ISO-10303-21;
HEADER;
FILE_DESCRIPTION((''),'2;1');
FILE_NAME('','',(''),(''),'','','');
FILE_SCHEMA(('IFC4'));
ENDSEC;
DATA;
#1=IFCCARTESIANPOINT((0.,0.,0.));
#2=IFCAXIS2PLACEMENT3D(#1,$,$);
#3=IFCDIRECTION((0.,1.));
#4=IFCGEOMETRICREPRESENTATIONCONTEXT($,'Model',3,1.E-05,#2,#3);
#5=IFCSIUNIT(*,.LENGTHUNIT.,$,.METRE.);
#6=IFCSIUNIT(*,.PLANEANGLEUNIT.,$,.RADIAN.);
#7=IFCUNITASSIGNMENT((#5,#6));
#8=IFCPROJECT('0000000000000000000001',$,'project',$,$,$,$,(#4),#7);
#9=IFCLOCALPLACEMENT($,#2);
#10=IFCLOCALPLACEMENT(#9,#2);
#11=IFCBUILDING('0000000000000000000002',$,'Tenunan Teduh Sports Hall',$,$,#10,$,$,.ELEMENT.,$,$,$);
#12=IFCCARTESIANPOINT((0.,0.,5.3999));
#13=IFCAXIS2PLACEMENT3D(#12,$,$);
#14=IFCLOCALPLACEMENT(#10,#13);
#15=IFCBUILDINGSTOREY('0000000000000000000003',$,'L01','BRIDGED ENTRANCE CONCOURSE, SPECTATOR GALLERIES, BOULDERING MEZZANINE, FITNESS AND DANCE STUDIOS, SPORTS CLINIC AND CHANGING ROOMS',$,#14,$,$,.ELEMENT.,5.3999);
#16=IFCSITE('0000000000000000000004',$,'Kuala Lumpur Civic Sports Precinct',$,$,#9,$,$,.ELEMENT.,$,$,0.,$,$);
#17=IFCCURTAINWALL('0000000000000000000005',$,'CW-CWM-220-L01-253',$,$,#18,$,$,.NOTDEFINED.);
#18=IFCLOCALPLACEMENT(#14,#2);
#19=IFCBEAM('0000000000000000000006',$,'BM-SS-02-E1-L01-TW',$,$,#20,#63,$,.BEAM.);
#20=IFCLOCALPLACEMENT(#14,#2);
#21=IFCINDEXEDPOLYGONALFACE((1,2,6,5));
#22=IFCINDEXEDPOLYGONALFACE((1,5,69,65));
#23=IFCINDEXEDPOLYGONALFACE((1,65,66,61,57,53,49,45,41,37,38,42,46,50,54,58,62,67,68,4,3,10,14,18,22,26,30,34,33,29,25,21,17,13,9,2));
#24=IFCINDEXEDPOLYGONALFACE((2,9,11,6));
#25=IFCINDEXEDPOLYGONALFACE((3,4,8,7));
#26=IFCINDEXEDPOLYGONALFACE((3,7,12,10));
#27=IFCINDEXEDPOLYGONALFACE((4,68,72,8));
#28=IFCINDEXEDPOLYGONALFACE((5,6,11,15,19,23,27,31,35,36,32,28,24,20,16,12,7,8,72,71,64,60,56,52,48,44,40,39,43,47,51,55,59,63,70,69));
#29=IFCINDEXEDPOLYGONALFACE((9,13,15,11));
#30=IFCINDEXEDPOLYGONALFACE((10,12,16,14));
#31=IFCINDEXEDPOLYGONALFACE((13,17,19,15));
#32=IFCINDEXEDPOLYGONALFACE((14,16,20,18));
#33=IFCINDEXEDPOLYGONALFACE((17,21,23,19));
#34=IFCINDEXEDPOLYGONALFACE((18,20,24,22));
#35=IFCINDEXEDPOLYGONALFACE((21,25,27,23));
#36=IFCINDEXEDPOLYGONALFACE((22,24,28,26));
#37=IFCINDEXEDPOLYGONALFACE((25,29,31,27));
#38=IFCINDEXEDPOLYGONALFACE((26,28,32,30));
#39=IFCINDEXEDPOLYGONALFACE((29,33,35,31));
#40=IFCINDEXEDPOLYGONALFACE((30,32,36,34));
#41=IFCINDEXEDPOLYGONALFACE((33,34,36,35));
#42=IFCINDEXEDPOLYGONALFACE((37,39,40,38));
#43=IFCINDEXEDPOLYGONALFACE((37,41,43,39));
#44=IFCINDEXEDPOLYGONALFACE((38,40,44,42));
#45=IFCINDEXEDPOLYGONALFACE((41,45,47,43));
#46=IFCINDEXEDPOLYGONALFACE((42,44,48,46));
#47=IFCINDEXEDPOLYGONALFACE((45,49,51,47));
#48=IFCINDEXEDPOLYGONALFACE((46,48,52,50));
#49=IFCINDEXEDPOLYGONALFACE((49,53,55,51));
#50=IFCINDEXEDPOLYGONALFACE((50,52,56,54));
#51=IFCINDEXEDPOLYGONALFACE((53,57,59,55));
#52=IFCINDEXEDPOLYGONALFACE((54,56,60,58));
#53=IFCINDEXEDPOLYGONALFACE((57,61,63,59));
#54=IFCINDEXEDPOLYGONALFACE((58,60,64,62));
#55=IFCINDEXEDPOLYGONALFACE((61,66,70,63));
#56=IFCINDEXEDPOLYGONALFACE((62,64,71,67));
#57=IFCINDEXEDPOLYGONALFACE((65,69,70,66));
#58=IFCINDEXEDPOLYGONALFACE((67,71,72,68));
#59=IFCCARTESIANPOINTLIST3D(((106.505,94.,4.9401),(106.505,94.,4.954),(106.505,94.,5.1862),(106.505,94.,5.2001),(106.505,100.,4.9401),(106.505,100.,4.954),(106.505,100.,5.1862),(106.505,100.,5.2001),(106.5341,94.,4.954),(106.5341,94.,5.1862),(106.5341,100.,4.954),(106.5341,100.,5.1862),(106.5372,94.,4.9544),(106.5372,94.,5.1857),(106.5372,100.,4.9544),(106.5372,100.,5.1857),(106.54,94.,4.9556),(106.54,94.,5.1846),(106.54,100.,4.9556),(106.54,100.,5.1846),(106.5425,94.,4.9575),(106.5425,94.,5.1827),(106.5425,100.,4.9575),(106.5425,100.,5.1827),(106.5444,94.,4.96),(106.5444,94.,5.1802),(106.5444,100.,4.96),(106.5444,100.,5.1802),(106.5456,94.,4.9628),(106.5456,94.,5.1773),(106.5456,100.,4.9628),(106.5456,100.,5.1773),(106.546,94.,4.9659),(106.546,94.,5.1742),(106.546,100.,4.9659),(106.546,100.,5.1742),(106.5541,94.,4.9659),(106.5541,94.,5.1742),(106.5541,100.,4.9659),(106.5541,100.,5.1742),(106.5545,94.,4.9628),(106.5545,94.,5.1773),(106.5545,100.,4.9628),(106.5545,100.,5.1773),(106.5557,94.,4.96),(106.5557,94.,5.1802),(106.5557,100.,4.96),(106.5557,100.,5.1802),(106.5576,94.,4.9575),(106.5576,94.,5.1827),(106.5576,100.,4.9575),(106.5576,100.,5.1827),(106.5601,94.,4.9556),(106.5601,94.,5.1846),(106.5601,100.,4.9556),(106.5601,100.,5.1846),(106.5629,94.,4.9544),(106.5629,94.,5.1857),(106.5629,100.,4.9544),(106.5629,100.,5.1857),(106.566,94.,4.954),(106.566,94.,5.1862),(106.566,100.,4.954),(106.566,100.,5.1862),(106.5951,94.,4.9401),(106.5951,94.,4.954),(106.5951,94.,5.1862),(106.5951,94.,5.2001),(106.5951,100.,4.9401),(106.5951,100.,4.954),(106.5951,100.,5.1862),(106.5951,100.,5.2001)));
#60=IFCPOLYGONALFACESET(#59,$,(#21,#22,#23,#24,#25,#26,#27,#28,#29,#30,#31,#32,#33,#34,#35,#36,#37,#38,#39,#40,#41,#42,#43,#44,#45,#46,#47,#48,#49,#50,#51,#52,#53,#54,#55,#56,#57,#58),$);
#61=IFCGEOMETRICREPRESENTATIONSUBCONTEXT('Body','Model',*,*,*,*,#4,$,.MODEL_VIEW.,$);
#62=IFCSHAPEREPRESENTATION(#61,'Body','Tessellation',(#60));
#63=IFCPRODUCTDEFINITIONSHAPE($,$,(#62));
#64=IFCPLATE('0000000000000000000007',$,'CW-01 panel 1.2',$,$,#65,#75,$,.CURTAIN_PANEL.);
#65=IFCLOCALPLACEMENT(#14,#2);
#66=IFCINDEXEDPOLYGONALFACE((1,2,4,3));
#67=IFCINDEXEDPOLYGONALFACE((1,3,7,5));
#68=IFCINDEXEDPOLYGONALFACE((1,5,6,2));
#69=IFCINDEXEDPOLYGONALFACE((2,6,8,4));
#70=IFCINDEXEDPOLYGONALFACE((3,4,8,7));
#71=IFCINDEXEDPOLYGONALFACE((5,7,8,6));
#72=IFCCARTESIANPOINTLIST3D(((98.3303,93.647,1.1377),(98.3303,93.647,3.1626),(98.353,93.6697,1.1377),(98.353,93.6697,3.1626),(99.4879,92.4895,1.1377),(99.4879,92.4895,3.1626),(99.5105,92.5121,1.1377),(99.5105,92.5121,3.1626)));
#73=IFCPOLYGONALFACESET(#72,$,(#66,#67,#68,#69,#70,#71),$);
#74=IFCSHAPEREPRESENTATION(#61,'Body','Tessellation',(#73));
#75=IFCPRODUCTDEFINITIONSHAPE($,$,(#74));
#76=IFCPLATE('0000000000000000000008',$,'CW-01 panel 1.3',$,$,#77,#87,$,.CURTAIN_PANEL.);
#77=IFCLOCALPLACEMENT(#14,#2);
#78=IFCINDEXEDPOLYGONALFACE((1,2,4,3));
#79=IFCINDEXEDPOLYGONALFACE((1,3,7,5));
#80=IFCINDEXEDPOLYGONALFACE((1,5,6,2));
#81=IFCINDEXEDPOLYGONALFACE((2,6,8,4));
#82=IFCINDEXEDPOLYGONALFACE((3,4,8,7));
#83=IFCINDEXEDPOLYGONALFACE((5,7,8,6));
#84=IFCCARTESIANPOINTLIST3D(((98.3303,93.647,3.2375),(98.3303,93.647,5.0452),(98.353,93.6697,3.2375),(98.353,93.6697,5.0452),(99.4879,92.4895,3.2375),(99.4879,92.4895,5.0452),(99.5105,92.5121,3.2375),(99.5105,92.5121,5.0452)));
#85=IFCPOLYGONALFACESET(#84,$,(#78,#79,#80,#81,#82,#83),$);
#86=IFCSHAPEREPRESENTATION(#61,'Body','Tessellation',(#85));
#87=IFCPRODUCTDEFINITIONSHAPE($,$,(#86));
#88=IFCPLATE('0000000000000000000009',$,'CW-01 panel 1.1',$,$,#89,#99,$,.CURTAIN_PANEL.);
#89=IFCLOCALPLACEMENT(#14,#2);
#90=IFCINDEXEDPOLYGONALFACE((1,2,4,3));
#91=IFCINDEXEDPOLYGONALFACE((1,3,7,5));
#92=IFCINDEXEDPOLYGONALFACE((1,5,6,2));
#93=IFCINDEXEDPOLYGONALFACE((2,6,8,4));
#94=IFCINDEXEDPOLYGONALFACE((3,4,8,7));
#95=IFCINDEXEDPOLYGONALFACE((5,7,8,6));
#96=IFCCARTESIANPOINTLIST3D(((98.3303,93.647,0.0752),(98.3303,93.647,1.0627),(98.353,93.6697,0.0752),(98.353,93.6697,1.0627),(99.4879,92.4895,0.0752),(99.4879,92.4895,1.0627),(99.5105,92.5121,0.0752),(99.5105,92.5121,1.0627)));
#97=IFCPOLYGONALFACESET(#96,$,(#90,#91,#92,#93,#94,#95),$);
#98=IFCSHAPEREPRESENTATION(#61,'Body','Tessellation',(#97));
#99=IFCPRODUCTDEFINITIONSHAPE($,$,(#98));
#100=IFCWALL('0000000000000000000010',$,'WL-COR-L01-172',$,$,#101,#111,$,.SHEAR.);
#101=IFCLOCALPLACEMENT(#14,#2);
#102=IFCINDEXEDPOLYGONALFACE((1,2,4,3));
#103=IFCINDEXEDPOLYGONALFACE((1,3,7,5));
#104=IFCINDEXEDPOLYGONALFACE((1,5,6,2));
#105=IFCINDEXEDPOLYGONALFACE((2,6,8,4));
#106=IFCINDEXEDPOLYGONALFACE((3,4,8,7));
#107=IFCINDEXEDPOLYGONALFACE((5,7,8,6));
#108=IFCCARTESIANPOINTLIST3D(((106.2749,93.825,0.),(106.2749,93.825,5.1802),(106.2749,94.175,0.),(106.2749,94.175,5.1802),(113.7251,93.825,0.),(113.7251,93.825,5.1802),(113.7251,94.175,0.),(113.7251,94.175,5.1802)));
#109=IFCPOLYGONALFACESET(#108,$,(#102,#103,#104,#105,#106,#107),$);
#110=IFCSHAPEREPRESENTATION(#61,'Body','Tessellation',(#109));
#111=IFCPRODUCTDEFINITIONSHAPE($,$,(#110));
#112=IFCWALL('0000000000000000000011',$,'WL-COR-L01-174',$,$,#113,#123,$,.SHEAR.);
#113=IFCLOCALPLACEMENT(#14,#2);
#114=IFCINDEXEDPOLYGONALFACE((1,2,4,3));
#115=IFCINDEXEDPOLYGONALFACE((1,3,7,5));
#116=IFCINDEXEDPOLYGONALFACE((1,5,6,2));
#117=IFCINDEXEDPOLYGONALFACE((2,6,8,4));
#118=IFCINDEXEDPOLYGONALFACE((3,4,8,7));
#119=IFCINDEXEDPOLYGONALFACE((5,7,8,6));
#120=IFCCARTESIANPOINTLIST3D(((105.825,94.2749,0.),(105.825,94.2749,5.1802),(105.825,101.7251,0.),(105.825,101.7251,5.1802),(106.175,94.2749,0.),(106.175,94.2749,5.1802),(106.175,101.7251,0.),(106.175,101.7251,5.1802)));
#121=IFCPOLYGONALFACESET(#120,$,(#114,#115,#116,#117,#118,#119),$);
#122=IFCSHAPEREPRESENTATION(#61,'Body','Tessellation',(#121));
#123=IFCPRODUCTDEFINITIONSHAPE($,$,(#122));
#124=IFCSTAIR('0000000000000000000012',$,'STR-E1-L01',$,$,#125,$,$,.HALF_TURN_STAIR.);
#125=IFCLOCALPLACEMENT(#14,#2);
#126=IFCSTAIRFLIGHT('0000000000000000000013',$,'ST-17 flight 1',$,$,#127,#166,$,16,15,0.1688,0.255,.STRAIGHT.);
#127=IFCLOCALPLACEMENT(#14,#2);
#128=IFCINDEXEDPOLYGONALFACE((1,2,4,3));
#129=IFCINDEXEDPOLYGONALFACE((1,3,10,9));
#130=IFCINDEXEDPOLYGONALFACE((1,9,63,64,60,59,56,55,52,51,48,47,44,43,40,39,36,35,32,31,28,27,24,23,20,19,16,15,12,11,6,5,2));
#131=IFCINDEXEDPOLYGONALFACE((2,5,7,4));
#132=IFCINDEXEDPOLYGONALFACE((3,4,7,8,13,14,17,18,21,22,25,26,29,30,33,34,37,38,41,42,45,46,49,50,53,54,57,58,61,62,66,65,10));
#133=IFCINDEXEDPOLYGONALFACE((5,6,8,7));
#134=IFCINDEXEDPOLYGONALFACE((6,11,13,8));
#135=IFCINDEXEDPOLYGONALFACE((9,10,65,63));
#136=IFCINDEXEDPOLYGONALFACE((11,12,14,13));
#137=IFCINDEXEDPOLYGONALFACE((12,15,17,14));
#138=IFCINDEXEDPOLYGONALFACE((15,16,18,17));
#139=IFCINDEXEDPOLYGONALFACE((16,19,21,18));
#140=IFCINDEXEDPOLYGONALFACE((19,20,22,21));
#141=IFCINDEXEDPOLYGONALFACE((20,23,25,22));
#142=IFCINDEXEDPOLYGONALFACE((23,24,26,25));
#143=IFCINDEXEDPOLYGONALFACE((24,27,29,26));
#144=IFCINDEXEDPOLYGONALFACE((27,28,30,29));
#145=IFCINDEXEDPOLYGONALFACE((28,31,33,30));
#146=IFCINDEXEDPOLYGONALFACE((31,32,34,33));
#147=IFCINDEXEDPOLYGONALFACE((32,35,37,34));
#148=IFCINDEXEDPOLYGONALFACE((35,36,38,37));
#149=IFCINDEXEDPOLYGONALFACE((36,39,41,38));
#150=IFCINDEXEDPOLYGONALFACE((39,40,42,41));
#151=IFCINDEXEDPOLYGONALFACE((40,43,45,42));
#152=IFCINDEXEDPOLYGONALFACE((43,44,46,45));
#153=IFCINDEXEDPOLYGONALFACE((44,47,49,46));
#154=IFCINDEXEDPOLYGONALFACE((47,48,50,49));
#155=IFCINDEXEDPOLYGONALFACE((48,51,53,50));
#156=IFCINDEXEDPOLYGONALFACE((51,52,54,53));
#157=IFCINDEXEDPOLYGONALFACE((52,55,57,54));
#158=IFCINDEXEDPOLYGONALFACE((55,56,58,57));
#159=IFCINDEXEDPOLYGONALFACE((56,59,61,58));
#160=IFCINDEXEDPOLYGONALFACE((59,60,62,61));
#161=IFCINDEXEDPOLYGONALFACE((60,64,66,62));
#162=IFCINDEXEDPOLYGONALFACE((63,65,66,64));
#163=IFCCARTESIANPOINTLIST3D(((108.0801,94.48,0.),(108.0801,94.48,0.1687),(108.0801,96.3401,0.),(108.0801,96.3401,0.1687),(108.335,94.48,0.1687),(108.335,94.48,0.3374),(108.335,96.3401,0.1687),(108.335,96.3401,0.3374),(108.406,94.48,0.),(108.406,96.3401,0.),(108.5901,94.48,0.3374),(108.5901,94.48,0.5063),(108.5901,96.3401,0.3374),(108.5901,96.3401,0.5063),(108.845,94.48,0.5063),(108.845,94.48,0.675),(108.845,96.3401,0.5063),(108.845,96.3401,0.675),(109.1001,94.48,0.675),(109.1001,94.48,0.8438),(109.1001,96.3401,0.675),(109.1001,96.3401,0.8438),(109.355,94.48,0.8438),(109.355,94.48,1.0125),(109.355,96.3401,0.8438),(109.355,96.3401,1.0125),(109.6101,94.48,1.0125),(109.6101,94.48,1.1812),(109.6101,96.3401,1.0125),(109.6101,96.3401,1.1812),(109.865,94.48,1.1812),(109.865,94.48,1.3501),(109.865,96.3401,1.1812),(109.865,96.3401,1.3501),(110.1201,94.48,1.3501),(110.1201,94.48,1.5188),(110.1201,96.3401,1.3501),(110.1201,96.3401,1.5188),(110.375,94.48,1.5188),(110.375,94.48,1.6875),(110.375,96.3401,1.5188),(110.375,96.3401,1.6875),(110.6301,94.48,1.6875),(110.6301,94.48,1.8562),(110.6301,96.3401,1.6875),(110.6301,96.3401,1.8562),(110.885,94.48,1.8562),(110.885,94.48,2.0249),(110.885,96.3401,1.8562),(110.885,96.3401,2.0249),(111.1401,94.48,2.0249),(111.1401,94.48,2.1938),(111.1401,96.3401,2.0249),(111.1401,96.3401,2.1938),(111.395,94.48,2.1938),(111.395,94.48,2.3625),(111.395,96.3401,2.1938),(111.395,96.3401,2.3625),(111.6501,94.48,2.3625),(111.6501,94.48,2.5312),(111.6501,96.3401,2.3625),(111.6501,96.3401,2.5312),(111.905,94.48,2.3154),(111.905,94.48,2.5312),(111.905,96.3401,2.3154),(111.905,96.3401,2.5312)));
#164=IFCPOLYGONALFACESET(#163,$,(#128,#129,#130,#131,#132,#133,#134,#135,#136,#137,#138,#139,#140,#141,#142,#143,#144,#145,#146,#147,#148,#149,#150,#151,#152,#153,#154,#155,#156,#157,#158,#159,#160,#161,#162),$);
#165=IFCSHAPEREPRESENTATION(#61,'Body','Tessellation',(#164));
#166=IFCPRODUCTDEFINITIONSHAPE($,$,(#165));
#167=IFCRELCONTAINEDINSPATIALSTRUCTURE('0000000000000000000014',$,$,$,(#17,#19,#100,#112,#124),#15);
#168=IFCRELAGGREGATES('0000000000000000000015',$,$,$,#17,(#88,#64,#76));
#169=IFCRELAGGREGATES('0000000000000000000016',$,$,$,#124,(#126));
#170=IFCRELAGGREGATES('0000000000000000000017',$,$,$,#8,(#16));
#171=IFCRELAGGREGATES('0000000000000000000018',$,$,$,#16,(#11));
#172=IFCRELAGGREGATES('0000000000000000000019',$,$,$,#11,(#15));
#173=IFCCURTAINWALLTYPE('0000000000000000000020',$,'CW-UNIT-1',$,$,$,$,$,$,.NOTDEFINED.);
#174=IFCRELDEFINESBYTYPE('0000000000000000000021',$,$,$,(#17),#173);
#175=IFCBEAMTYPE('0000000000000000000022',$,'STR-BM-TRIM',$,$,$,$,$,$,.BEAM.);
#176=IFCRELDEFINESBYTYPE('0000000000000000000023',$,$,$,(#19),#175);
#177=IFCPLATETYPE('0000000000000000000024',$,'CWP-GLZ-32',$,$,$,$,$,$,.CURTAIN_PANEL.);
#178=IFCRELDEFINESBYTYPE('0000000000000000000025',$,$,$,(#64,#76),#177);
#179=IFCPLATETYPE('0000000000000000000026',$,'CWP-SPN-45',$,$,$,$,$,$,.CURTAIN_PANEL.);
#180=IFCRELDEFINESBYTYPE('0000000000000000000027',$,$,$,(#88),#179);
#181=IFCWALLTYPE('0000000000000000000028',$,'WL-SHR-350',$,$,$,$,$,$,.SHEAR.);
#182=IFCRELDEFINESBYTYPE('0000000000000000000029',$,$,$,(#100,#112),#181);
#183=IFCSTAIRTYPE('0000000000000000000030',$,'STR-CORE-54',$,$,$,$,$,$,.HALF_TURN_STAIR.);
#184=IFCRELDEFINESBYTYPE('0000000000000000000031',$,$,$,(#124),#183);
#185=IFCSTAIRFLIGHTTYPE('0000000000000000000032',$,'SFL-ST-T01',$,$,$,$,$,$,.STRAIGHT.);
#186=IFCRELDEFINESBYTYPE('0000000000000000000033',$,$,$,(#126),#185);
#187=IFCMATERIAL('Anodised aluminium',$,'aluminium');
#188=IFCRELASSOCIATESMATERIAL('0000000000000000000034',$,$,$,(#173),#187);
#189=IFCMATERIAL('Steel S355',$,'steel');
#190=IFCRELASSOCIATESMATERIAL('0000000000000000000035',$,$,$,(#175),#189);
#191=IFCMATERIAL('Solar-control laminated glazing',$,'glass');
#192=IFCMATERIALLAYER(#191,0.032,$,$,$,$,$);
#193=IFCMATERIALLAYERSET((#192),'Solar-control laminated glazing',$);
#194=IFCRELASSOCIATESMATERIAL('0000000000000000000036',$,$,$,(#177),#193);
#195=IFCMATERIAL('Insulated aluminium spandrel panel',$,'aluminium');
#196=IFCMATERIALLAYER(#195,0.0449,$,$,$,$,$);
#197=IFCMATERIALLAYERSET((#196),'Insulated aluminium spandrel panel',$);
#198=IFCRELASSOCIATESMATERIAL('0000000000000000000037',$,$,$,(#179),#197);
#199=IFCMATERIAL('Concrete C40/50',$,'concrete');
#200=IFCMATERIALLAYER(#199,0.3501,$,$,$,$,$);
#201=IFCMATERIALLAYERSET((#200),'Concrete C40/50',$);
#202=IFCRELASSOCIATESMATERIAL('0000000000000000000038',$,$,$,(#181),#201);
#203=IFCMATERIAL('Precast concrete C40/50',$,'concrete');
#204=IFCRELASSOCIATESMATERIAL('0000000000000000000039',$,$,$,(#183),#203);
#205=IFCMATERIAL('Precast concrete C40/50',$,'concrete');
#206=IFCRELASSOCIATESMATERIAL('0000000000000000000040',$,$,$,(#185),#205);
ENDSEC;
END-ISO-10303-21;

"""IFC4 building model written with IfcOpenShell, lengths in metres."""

from ifc_helpers import new_model, si_unit, direction, frame, frame_2d, origin, origin_2d, place, context, subcontext, project, spatial, polyline, rectangle, i_section, outline, extrude, material, layer, layer_set, material_profile, profile_set, type_object, element, aggregate, save


model = new_model("IFC4")

# Units and contexts
model_context = context("Model", 3, precision=1e-05, world=origin(), true_north=direction((0.0, 1.0)))
body_context = subcontext(model_context, "Body", "Model", "MODEL_VIEW")
ifc_project = project(units=[si_unit("LENGTHUNIT", "METRE"), si_unit("PLANEANGLEUNIT", "RADIAN")], contexts=[model_context])

# Site, building, storey
site_placement = place(None, origin())
site = spatial("IfcSite", under=ifc_project, at=site_placement, Name="Kuala Lumpur Civic Sports Precinct", CompositionType="ELEMENT", RefElevation=0.0)
building_placement = place(site_placement, origin())
building = spatial("IfcBuilding", under=site, at=building_placement, Name="Tenunan Teduh Sports Hall", CompositionType="ELEMENT")
storey_placement = place(building_placement, frame((0.0, 0.0, 5.3999)))
storey = spatial("IfcBuildingStorey", under=building, at=storey_placement, Name="L01", Description="BRIDGED ENTRANCE CONCOURSE, SPECTATOR GALLERIES, BOULDERING MEZZANINE, FITNESS AND DANCE STUDIOS, SPORTS CLINIC AND CHANGING ROOMS", CompositionType="ELEMENT", Elevation=5.3999)

# Curtain wall
ifc_material_1 = material(Name="Anodised aluminium", Category="aluminium")
curtain_wall_type = type_object("IfcCurtainWallType", Name="CW-UNIT-1", PredefinedType="NOTDEFINED", material=ifc_material_1)
curtain_wall_placement = place(storey_placement, origin())
curtain_wall = element("IfcCurtainWall", 1, at=curtain_wall_placement, inside=storey, type_object=curtain_wall_type, Name="CW-CWM-220-L01-253", PredefinedType="NOTDEFINED")

# Beam
ifc_material_2 = material(Name="Steel S355", Category="steel")
ifc_material_profile_1 = material_profile(ifc_material_2, i_section(OverallWidth=0.0901, OverallDepth=0.26, WebThickness=0.0081, FlangeThickness=0.0139, FilletRadius=0.012, at=origin_2d()), Name="PFC 260x90")
ifc_profile_set_1 = profile_set([ifc_material_profile_1], Name="Steel S355")
beam_type_1 = type_object("IfcBeamType", Name="STR-BM-TRIM", PredefinedType="BEAM", material=ifc_profile_set_1)
for number, where, z_axis, x_axis, name in (
    (2, (106.55, 94.0, 5.0701), (0.0, 1.0, 0.0), (-1.0, 0.0, 0.0), "BM-SS-02-E1-L01-TW"),
):
    element("IfcBeam", number, at=place(storey_placement, frame(where, z_axis=z_axis, x_axis=x_axis)), inside=storey, type_object=beam_type_1, Name=name, PredefinedType="BEAM", context=body_context, shape_type="SweptSolid", body=[
        extrude(i_section(OverallWidth=0.0901, OverallDepth=0.26, WebThickness=0.0081, FlangeThickness=0.0139, FilletRadius=0.012, at=origin_2d()), origin(), (0.0, 0.0, 1.0), 6.0),
    ])

# Plates
ifc_material_3 = material(Name="Solar-control laminated glazing", Category="glass")
ifc_layer_1 = layer(ifc_material_3, 0.032)
ifc_layer_set_1 = layer_set([ifc_layer_1], Name="Solar-control laminated glazing")
plate_type_1 = type_object("IfcPlateType", Name="CWP-GLZ-32", PredefinedType="CURTAIN_PANEL", material=ifc_layer_set_1)
plate_1_placement = place(storey_placement, frame((98.9204, 93.0796, 1.1377), z_axis=(0.0, 0.0, 1.0), x_axis=(0.707107, -0.707107, 0.0)))
plate_1 = element("IfcPlate", 3, at=plate_1_placement, type_object=plate_type_1, Name="CW-01 panel 1.2", PredefinedType="CURTAIN_PANEL", context=body_context, shape_type="SweptSolid", body=[
    extrude(rectangle(XDim=1.637, YDim=0.032, at=origin_2d()), origin(), (0.0, 0.0, 1.0), 2.0249),
])
plate_2_placement = place(storey_placement, frame((98.9204, 93.0796, 3.2375), z_axis=(0.0, 0.0, 1.0), x_axis=(0.707107, -0.707107, 0.0)))
plate_2 = element("IfcPlate", 4, at=plate_2_placement, type_object=plate_type_1, Name="CW-01 panel 1.3", PredefinedType="CURTAIN_PANEL", context=body_context, shape_type="SweptSolid", body=[
    extrude(rectangle(XDim=1.637, YDim=0.032, at=origin_2d()), origin(), (0.0, 0.0, 1.0), 1.8076),
])
ifc_material_4 = material(Name="Insulated aluminium spandrel panel", Category="aluminium")
ifc_layer_2 = layer(ifc_material_4, 0.0449)
ifc_layer_set_2 = layer_set([ifc_layer_2], Name="Insulated aluminium spandrel panel")
plate_type_2 = type_object("IfcPlateType", Name="CWP-SPN-45", PredefinedType="CURTAIN_PANEL", material=ifc_layer_set_2)
plate_3_placement = place(storey_placement, frame((98.9204, 93.0796, 0.0752), z_axis=(0.0, 0.0, 1.0), x_axis=(0.707107, -0.707107, 0.0)))
plate_3 = element("IfcPlate", 5, at=plate_3_placement, type_object=plate_type_2, Name="CW-01 panel 1.1", PredefinedType="CURTAIN_PANEL", context=body_context, shape_type="SweptSolid", body=[
    extrude(rectangle(XDim=1.637, YDim=0.032, at=origin_2d()), origin(), (0.0, 0.0, 1.0), 0.9875),
])
aggregate(curtain_wall, [plate_3, plate_1, plate_2])

# Walls
ifc_material_5 = material(Name="Concrete C40/50", Category="concrete")
ifc_layer_3 = layer(ifc_material_5, 0.3501)
ifc_layer_set_3 = layer_set([ifc_layer_3], Name="Concrete C40/50")
wall_type = type_object("IfcWallType", Name="WL-SHR-350", PredefinedType="SHEAR", material=ifc_layer_set_3)
for number, where, z_axis, x_axis, name in (
    (6, (106.2749, 94.0, 0.0), (0.0, 0.0, 1.0), (1.0, 0.0, 0.0), "WL-COR-L01-172"),
    (7, (106.0, 94.2749, 0.0), (0.0, 0.0, 1.0), (0.0, 1.0, 0.0), "WL-COR-L01-174"),
):
    element("IfcWall", number, at=place(storey_placement, frame(where, z_axis=z_axis, x_axis=x_axis)), inside=storey, type_object=wall_type, Name=name, PredefinedType="SHEAR", context=body_context, shape_type="SweptSolid", body=[
        extrude(rectangle(XDim=7.4502, YDim=0.3501, at=frame_2d((3.7251, 0.0))), origin(), (0.0, 0.0, 1.0), 5.1802),
    ])

# Stair, stair flight
ifc_material_6 = material(Name="Precast concrete C40/50", Category="concrete")
stair_type = type_object("IfcStairType", Name="STR-CORE-54", PredefinedType="HALF_TURN_STAIR", material=ifc_material_6)
stair_placement = place(storey_placement, origin())
stair = element("IfcStair", 8, at=stair_placement, inside=storey, type_object=stair_type, Name="STR-E1-L01", PredefinedType="HALF_TURN_STAIR")
ifc_material_7 = material(Name="Precast concrete C40/50", Category="concrete")
stair_flight_type = type_object("IfcStairFlightType", Name="SFL-ST-T01", PredefinedType="STRAIGHT", material=ifc_material_7)
stair_flight_placement = place(storey_placement, frame((108.0801, 95.4099, 0.0), z_axis=(0.0, 0.0, 1.0), x_axis=(1.0, 0.0, 0.0)))
stair_flight = element("IfcStairFlight", 9, at=stair_flight_placement, type_object=stair_flight_type, Name="ST-17 flight 1", NumberOfRisers=16, NumberOfTreads=15, PredefinedType="STRAIGHT", RiserHeight=0.1688, TreadLength=0.255, context=body_context, shape_type="SweptSolid", body=[
    extrude(outline(polyline([(0.0, 0.0), (0.0, 0.1687), (0.2549, 0.1687), (0.2549, 0.3374), (0.51, 0.3374), (0.51, 0.5063), (0.7649, 0.5063), (0.7649, 0.675), (1.02, 0.675), (1.02, 0.8438), (1.2749, 0.8438), (1.2749, 1.0125), (1.53, 1.0125), (1.53, 1.1812), (1.7849, 1.1812), (1.7849, 1.3501), (2.04, 1.3501), (2.04, 1.5188), (2.2949, 1.5188), (2.2949, 1.6875), (2.55, 1.6875), (2.55, 1.8562), (2.8049, 1.8562), (2.8049, 2.0249), (3.0601, 2.0249), (3.0601, 2.1938), (3.3149, 2.1938), (3.3149, 2.3625), (3.5701, 2.3625), (3.5701, 2.5312), (3.825, 2.5312), (3.825, 2.7), (3.825, 2.3154), (0.3259, 0.0), (0.0, 0.0)])), frame((0.0, 0.9302, 0.0), z_axis=(0.0, -1.0, 0.0), x_axis=(1.0, 0.0, 0.0)), (0.0, 0.0, 1.0), 1.8601),
])
aggregate(stair, [stair_flight])

save(model, "model.ifc")
